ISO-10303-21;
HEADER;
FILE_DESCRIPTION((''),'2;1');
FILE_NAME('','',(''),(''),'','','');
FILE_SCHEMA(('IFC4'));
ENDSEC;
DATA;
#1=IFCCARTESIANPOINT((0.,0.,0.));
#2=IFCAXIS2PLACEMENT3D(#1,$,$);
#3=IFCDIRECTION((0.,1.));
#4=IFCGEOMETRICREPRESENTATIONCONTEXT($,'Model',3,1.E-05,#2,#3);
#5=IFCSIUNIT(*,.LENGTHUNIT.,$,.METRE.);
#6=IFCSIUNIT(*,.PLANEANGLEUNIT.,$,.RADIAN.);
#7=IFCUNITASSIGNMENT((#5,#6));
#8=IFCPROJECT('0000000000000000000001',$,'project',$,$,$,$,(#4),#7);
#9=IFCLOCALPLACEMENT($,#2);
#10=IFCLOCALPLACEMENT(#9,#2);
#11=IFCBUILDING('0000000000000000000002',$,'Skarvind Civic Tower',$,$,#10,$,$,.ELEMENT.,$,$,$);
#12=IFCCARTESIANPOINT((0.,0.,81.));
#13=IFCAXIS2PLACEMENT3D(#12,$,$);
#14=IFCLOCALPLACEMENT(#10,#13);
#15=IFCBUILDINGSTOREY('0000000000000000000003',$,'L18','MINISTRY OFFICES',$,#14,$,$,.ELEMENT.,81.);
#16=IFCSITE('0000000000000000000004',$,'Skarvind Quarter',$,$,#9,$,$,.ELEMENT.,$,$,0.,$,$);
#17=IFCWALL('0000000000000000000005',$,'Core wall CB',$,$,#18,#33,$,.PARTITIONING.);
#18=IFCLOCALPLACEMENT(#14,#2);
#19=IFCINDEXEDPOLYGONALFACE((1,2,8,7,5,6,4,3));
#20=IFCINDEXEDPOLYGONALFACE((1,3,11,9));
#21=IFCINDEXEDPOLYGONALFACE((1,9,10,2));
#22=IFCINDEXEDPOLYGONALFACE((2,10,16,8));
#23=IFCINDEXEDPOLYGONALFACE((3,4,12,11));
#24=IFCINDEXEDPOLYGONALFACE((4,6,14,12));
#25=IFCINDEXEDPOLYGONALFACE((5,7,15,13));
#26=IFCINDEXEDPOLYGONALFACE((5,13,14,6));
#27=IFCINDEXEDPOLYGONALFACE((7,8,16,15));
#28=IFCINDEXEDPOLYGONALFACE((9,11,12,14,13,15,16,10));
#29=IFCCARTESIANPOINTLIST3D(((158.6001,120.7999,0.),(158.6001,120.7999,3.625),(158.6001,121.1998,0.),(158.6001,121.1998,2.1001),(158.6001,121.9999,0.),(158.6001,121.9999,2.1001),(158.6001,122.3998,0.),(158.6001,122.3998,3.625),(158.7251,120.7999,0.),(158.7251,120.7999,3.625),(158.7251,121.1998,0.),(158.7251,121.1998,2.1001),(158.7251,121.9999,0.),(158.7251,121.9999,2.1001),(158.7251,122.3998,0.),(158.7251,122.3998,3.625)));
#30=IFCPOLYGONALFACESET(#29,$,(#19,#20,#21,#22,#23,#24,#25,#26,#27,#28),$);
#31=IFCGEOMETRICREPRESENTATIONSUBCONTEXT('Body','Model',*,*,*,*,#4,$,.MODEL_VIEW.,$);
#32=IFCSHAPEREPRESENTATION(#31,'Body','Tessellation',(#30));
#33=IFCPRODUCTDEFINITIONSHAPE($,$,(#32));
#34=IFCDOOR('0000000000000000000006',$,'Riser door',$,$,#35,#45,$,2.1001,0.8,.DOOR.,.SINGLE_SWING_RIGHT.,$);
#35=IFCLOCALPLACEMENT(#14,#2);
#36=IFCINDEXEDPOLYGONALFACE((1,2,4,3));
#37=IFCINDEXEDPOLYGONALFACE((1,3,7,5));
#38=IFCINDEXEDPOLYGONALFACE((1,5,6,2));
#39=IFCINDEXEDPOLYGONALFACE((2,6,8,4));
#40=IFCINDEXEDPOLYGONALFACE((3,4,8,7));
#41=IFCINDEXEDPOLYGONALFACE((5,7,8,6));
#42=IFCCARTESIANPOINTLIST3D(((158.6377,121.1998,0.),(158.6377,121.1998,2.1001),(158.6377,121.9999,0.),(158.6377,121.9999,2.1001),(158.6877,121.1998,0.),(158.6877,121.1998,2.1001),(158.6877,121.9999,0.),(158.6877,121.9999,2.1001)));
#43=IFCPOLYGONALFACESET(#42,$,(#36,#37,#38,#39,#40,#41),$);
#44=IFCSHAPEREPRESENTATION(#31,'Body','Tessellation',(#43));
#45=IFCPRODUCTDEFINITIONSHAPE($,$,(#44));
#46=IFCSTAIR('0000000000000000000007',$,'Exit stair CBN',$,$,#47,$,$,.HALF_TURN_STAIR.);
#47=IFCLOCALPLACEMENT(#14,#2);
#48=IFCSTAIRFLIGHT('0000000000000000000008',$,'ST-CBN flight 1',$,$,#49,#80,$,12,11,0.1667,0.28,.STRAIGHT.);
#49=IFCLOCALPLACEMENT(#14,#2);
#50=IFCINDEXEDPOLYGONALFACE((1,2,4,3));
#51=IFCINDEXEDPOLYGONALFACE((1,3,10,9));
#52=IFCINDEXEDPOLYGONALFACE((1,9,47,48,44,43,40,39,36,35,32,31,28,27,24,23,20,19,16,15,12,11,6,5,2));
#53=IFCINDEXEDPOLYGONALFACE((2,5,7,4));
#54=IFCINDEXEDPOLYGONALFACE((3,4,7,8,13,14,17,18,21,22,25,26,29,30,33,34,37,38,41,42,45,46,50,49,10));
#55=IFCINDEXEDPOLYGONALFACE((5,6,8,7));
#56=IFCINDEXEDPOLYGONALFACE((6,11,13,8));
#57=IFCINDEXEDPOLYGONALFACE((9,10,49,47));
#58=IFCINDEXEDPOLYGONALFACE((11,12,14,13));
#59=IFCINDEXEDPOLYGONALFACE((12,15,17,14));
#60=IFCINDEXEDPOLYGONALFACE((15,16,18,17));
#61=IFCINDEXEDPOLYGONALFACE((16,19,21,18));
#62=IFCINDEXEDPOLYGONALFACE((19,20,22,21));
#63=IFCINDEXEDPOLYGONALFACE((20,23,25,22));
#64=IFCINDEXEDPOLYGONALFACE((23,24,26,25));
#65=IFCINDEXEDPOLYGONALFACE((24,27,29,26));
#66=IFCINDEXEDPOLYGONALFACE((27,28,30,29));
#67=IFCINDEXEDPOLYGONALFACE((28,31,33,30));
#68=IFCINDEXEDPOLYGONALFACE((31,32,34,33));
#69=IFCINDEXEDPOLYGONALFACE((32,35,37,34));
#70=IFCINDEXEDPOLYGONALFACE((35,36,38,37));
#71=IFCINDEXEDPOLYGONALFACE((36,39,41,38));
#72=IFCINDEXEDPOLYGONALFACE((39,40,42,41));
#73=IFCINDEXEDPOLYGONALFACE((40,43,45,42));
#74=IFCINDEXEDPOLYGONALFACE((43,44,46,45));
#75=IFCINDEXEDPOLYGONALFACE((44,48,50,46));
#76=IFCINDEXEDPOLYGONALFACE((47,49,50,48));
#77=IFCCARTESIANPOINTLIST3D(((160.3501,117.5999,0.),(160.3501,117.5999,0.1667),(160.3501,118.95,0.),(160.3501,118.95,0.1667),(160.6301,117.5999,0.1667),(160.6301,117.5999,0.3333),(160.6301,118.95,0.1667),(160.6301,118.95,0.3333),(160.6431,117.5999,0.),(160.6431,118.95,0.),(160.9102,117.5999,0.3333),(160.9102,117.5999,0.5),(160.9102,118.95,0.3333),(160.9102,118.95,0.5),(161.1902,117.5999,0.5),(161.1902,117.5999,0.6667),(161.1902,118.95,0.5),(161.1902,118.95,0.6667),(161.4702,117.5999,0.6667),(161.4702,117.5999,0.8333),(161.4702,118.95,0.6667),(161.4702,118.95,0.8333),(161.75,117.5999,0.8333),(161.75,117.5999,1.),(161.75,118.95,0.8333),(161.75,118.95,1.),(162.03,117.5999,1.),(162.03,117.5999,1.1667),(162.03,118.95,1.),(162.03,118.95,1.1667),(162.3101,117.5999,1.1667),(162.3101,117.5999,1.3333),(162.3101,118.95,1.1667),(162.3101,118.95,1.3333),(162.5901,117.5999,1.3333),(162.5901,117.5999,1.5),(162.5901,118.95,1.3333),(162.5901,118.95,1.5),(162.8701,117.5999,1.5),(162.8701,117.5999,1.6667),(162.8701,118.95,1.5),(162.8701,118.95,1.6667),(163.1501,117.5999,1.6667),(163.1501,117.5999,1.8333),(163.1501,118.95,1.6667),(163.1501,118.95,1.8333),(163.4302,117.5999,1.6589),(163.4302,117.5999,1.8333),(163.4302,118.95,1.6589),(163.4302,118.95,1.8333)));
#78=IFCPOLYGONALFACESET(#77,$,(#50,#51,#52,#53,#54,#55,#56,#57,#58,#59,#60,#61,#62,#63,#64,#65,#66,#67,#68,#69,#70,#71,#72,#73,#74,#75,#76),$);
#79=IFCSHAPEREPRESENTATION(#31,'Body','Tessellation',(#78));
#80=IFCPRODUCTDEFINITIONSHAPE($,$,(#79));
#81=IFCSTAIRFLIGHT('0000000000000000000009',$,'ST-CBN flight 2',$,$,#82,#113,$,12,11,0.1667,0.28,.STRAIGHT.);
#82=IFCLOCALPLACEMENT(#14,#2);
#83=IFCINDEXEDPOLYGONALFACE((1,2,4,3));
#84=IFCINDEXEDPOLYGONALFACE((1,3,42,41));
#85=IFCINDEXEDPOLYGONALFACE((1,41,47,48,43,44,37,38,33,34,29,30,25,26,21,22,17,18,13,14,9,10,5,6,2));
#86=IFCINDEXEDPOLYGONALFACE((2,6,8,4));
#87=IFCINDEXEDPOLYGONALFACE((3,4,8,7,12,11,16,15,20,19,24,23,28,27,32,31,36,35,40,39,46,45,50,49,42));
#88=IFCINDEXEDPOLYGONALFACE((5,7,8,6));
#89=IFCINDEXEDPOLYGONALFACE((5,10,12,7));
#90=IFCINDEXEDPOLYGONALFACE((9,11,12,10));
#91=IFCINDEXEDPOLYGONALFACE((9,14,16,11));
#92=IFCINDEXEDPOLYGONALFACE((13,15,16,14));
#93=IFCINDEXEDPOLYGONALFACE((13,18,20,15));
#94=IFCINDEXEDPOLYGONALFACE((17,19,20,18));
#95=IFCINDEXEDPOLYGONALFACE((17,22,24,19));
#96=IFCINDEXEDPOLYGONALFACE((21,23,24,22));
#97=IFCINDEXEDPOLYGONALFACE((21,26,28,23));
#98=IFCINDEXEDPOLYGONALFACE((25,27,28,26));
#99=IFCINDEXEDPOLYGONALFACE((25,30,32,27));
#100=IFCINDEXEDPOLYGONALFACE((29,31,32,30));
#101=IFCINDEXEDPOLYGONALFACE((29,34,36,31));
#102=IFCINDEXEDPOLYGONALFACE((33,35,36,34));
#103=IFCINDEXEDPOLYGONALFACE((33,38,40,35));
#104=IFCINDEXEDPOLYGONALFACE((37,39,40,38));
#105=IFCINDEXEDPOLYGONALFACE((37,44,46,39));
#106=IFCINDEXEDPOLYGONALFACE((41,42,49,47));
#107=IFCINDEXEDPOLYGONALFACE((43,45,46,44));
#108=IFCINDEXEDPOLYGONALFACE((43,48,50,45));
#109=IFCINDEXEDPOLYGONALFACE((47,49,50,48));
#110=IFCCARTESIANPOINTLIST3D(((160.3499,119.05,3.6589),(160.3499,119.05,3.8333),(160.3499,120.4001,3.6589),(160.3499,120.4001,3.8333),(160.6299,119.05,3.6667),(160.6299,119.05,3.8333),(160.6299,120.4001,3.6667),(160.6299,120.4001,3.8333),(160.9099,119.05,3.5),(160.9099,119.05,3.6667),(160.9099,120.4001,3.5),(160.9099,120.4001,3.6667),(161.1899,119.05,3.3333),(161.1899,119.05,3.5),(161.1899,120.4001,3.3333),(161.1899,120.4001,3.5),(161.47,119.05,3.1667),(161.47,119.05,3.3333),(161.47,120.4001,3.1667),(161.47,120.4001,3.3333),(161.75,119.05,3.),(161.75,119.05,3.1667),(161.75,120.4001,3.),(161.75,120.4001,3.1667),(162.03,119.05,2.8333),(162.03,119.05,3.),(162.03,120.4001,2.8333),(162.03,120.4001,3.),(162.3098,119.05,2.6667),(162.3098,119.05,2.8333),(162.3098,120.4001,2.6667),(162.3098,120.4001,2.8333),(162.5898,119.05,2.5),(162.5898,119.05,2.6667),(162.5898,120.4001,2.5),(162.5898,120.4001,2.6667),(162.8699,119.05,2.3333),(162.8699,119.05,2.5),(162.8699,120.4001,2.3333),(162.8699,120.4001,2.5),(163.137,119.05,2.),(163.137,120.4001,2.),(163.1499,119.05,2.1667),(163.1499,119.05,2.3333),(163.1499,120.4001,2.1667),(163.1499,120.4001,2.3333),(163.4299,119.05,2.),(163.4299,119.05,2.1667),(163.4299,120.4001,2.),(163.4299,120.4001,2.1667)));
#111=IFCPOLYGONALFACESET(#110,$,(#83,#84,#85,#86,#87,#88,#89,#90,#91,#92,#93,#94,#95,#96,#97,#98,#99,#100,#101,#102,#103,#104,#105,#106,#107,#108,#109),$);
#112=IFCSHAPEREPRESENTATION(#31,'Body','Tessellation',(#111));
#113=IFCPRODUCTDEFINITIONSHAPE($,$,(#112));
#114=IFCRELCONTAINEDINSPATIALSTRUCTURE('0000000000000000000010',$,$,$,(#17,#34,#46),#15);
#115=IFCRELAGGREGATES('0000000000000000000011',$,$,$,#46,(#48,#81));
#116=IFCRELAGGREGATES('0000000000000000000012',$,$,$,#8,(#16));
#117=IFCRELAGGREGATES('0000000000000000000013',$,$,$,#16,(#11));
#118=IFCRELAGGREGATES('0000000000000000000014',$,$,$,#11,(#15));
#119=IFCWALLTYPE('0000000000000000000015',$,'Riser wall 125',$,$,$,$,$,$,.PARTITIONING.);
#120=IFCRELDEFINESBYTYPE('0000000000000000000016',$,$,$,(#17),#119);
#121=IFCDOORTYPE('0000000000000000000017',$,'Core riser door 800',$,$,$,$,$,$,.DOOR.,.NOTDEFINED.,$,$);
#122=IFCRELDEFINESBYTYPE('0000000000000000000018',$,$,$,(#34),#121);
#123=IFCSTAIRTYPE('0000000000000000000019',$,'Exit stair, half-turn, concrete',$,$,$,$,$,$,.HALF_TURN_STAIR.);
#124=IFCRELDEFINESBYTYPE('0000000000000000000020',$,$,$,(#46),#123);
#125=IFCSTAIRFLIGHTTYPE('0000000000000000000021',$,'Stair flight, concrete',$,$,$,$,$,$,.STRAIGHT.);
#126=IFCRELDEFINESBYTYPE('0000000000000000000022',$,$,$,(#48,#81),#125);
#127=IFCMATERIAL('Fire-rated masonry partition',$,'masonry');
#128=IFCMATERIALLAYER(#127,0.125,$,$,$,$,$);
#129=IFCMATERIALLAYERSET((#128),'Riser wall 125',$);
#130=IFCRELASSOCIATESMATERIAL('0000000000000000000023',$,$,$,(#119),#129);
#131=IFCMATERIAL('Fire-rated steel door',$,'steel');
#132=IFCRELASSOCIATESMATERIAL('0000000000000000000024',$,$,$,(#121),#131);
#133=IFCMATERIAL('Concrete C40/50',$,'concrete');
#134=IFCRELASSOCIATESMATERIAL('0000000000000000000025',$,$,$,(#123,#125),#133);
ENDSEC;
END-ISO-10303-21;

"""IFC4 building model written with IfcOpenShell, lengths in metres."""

from ifc_helpers import new_model, si_unit, direction, frame, frame_2d, origin, place, context, subcontext, project, spatial, polyline, rectangle, outline, extrude, material, layer, layer_set, type_object, element, fill, aggregate, save


model = new_model("IFC4")

# Units and contexts
model_context = context("Model", 3, precision=1e-05, world=origin(), true_north=direction((0.0, 1.0)))
body_context = subcontext(model_context, "Body", "Model", "MODEL_VIEW")
ifc_project = project(units=[si_unit("LENGTHUNIT", "METRE"), si_unit("PLANEANGLEUNIT", "RADIAN")], contexts=[model_context])

# Site, building, storey
site_placement = place(None, origin())
site = spatial("IfcSite", under=ifc_project, at=site_placement, Name="Skarvind Quarter", CompositionType="ELEMENT", RefElevation=0.0)
building_placement = place(site_placement, origin())
building = spatial("IfcBuilding", under=site, at=building_placement, Name="Skarvind Civic Tower", CompositionType="ELEMENT")
storey_placement = place(building_placement, frame((0.0, 0.0, 81.0)))
storey = spatial("IfcBuildingStorey", under=building, at=storey_placement, Name="L18", Description="MINISTRY OFFICES", CompositionType="ELEMENT", Elevation=81.0)

# Shared definitions
ifc_material_1 = material(Name="Fire-rated masonry partition", Category="masonry")
ifc_material_2 = material(Name="Fire-rated steel door", Category="steel")

# Wall, opening, door
ifc_layer_1 = layer(ifc_material_1, 0.125)
ifc_layer_set_1 = layer_set([ifc_layer_1], Name="Riser wall 125")
wall_type_1 = type_object("IfcWallType", Name="Riser wall 125", PredefinedType="PARTITIONING", material=ifc_layer_set_1)
wall_1_placement = place(storey_placement, frame((158.6626, 120.8, 0.0), z_axis=(0.0, 0.0, 1.0), x_axis=(0.0, 1.0, 0.0)))
wall_1 = element("IfcWall", 1, at=wall_1_placement, inside=storey, type_object=wall_type_1, Name="Core wall CB", PredefinedType="PARTITIONING", context=body_context, shape_type="SweptSolid", body=[
    extrude(rectangle(XDim=1.5999, YDim=0.125, at=frame_2d((0.7998, 0.0))), origin(), (0.0, 0.0, 1.0), 3.625),
])
opening_1_placement = place(wall_1_placement, frame((0.3999, 0.0, 0.0)))
opening_1 = element("IfcOpeningElement", 2, at=opening_1_placement, cuts=wall_1, PredefinedType="OPENING", context=body_context, shape_type="SweptSolid", body=[
    extrude(rectangle(XDim=0.8, YDim=2.1001, at=frame_2d((0.3999, 1.05))), frame((0.0, 0.0725, 0.0), z_axis=(0.0, -1.0, 0.0), x_axis=(1.0, 0.0, 0.0)), (0.0, 0.0, 1.0), 0.145),
])
door_type_1 = type_object("IfcDoorType", Name="Core riser door 800", OperationType="NOTDEFINED", PredefinedType="DOOR", material=ifc_material_2)
door_1_placement = place(opening_1_placement, origin())
door_1 = element("IfcDoor", 3, at=door_1_placement, inside=storey, type_object=door_type_1, Name="Riser door", OperationType="SINGLE_SWING_RIGHT", OverallHeight=2.1001, OverallWidth=0.8, PredefinedType="DOOR", context=body_context, shape_type="SweptSolid", body=[
    extrude(rectangle(XDim=0.8, YDim=2.1001, at=frame_2d((0.3999, 1.05))), frame((0.0, 0.0249, 0.0), z_axis=(0.0, -1.0, 0.0), x_axis=(1.0, 0.0, 0.0)), (0.0, 0.0, 1.0), 0.05),
])
fill(opening_1, door_1)

# Stair, stair flights
ifc_material_3 = material(Name="Concrete C40/50", Category="concrete")
stair_type = type_object("IfcStairType", Name="Exit stair, half-turn, concrete", PredefinedType="HALF_TURN_STAIR", material=ifc_material_3)
stair_placement = place(storey_placement, origin())
stair = element("IfcStair", 4, at=stair_placement, inside=storey, type_object=stair_type, Name="Exit stair CBN", PredefinedType="HALF_TURN_STAIR")
stair_flight_type = type_object("IfcStairFlightType", Name="Stair flight, concrete", PredefinedType="STRAIGHT", material=ifc_material_3)
stair_flight_1_placement = place(storey_placement, frame((160.3501, 118.2749, 0.0), z_axis=(0.0, 0.0, 1.0), x_axis=(1.0, 0.0, 0.0)))
stair_flight_1 = element("IfcStairFlight", 5, at=stair_flight_1_placement, type_object=stair_flight_type, Name="ST-CBN flight 1", NumberOfRisers=12, NumberOfTreads=11, PredefinedType="STRAIGHT", RiserHeight=0.1667, TreadLength=0.28, context=body_context, shape_type="SweptSolid", body=[
    extrude(outline(polyline([(0.0, 0.0), (0.0, 0.1667), (0.28, 0.1667), (0.28, 0.3333), (0.5601, 0.3333), (0.5601, 0.5), (0.8401, 0.5), (0.8401, 0.6667), (1.1201, 0.6667), (1.1201, 0.8333), (1.3999, 0.8333), (1.3999, 1.0), (1.6799, 1.0), (1.6799, 1.1667), (1.96, 1.1667), (1.96, 1.3333), (2.24, 1.3333), (2.24, 1.5), (2.52, 1.5), (2.52, 1.6667), (2.8, 1.6667), (2.8, 1.8333), (3.0801, 1.8333), (3.0801, 2.0), (3.0801, 1.6589), (0.293, 0.0), (0.0, 0.0)])), frame((0.0, 0.675, 0.0), z_axis=(0.0, -1.0, 0.0), x_axis=(1.0, 0.0, 0.0)), (0.0, 0.0, 1.0), 1.3501),
])
stair_flight_2_placement = place(storey_placement, frame((163.4299, 119.7251, 2.0), z_axis=(0.0, 0.0, 1.0), x_axis=(-1.0, 0.0, 0.0)))
stair_flight_2 = element("IfcStairFlight", 6, at=stair_flight_2_placement, type_object=stair_flight_type, Name="ST-CBN flight 2", NumberOfRisers=12, NumberOfTreads=11, PredefinedType="STRAIGHT", RiserHeight=0.1667, TreadLength=0.28, context=body_context, shape_type="SweptSolid", body=[
    extrude(outline(polyline([(0.0, 0.0), (0.0, 0.1667), (0.28, 0.1667), (0.28, 0.3333), (0.5601, 0.3333), (0.5601, 0.5), (0.8401, 0.5), (0.8401, 0.6667), (1.1201, 0.6667), (1.1201, 0.8333), (1.3999, 0.8333), (1.3999, 1.0), (1.6799, 1.0), (1.6799, 1.1667), (1.96, 1.1667), (1.96, 1.3333), (2.24, 1.3333), (2.24, 1.5), (2.52, 1.5), (2.52, 1.6667), (2.8, 1.6667), (2.8, 1.8333), (3.0801, 1.8333), (3.0801, 2.0), (3.0801, 1.6589), (0.293, 0.0), (0.0, 0.0)])), frame((0.0, 0.675, 0.0), z_axis=(0.0, -1.0, 0.0), x_axis=(1.0, 0.0, 0.0)), (0.0, 0.0, 1.0), 1.3501),
])
aggregate(stair, [stair_flight_1, stair_flight_2])

save(model, "model.ifc")
